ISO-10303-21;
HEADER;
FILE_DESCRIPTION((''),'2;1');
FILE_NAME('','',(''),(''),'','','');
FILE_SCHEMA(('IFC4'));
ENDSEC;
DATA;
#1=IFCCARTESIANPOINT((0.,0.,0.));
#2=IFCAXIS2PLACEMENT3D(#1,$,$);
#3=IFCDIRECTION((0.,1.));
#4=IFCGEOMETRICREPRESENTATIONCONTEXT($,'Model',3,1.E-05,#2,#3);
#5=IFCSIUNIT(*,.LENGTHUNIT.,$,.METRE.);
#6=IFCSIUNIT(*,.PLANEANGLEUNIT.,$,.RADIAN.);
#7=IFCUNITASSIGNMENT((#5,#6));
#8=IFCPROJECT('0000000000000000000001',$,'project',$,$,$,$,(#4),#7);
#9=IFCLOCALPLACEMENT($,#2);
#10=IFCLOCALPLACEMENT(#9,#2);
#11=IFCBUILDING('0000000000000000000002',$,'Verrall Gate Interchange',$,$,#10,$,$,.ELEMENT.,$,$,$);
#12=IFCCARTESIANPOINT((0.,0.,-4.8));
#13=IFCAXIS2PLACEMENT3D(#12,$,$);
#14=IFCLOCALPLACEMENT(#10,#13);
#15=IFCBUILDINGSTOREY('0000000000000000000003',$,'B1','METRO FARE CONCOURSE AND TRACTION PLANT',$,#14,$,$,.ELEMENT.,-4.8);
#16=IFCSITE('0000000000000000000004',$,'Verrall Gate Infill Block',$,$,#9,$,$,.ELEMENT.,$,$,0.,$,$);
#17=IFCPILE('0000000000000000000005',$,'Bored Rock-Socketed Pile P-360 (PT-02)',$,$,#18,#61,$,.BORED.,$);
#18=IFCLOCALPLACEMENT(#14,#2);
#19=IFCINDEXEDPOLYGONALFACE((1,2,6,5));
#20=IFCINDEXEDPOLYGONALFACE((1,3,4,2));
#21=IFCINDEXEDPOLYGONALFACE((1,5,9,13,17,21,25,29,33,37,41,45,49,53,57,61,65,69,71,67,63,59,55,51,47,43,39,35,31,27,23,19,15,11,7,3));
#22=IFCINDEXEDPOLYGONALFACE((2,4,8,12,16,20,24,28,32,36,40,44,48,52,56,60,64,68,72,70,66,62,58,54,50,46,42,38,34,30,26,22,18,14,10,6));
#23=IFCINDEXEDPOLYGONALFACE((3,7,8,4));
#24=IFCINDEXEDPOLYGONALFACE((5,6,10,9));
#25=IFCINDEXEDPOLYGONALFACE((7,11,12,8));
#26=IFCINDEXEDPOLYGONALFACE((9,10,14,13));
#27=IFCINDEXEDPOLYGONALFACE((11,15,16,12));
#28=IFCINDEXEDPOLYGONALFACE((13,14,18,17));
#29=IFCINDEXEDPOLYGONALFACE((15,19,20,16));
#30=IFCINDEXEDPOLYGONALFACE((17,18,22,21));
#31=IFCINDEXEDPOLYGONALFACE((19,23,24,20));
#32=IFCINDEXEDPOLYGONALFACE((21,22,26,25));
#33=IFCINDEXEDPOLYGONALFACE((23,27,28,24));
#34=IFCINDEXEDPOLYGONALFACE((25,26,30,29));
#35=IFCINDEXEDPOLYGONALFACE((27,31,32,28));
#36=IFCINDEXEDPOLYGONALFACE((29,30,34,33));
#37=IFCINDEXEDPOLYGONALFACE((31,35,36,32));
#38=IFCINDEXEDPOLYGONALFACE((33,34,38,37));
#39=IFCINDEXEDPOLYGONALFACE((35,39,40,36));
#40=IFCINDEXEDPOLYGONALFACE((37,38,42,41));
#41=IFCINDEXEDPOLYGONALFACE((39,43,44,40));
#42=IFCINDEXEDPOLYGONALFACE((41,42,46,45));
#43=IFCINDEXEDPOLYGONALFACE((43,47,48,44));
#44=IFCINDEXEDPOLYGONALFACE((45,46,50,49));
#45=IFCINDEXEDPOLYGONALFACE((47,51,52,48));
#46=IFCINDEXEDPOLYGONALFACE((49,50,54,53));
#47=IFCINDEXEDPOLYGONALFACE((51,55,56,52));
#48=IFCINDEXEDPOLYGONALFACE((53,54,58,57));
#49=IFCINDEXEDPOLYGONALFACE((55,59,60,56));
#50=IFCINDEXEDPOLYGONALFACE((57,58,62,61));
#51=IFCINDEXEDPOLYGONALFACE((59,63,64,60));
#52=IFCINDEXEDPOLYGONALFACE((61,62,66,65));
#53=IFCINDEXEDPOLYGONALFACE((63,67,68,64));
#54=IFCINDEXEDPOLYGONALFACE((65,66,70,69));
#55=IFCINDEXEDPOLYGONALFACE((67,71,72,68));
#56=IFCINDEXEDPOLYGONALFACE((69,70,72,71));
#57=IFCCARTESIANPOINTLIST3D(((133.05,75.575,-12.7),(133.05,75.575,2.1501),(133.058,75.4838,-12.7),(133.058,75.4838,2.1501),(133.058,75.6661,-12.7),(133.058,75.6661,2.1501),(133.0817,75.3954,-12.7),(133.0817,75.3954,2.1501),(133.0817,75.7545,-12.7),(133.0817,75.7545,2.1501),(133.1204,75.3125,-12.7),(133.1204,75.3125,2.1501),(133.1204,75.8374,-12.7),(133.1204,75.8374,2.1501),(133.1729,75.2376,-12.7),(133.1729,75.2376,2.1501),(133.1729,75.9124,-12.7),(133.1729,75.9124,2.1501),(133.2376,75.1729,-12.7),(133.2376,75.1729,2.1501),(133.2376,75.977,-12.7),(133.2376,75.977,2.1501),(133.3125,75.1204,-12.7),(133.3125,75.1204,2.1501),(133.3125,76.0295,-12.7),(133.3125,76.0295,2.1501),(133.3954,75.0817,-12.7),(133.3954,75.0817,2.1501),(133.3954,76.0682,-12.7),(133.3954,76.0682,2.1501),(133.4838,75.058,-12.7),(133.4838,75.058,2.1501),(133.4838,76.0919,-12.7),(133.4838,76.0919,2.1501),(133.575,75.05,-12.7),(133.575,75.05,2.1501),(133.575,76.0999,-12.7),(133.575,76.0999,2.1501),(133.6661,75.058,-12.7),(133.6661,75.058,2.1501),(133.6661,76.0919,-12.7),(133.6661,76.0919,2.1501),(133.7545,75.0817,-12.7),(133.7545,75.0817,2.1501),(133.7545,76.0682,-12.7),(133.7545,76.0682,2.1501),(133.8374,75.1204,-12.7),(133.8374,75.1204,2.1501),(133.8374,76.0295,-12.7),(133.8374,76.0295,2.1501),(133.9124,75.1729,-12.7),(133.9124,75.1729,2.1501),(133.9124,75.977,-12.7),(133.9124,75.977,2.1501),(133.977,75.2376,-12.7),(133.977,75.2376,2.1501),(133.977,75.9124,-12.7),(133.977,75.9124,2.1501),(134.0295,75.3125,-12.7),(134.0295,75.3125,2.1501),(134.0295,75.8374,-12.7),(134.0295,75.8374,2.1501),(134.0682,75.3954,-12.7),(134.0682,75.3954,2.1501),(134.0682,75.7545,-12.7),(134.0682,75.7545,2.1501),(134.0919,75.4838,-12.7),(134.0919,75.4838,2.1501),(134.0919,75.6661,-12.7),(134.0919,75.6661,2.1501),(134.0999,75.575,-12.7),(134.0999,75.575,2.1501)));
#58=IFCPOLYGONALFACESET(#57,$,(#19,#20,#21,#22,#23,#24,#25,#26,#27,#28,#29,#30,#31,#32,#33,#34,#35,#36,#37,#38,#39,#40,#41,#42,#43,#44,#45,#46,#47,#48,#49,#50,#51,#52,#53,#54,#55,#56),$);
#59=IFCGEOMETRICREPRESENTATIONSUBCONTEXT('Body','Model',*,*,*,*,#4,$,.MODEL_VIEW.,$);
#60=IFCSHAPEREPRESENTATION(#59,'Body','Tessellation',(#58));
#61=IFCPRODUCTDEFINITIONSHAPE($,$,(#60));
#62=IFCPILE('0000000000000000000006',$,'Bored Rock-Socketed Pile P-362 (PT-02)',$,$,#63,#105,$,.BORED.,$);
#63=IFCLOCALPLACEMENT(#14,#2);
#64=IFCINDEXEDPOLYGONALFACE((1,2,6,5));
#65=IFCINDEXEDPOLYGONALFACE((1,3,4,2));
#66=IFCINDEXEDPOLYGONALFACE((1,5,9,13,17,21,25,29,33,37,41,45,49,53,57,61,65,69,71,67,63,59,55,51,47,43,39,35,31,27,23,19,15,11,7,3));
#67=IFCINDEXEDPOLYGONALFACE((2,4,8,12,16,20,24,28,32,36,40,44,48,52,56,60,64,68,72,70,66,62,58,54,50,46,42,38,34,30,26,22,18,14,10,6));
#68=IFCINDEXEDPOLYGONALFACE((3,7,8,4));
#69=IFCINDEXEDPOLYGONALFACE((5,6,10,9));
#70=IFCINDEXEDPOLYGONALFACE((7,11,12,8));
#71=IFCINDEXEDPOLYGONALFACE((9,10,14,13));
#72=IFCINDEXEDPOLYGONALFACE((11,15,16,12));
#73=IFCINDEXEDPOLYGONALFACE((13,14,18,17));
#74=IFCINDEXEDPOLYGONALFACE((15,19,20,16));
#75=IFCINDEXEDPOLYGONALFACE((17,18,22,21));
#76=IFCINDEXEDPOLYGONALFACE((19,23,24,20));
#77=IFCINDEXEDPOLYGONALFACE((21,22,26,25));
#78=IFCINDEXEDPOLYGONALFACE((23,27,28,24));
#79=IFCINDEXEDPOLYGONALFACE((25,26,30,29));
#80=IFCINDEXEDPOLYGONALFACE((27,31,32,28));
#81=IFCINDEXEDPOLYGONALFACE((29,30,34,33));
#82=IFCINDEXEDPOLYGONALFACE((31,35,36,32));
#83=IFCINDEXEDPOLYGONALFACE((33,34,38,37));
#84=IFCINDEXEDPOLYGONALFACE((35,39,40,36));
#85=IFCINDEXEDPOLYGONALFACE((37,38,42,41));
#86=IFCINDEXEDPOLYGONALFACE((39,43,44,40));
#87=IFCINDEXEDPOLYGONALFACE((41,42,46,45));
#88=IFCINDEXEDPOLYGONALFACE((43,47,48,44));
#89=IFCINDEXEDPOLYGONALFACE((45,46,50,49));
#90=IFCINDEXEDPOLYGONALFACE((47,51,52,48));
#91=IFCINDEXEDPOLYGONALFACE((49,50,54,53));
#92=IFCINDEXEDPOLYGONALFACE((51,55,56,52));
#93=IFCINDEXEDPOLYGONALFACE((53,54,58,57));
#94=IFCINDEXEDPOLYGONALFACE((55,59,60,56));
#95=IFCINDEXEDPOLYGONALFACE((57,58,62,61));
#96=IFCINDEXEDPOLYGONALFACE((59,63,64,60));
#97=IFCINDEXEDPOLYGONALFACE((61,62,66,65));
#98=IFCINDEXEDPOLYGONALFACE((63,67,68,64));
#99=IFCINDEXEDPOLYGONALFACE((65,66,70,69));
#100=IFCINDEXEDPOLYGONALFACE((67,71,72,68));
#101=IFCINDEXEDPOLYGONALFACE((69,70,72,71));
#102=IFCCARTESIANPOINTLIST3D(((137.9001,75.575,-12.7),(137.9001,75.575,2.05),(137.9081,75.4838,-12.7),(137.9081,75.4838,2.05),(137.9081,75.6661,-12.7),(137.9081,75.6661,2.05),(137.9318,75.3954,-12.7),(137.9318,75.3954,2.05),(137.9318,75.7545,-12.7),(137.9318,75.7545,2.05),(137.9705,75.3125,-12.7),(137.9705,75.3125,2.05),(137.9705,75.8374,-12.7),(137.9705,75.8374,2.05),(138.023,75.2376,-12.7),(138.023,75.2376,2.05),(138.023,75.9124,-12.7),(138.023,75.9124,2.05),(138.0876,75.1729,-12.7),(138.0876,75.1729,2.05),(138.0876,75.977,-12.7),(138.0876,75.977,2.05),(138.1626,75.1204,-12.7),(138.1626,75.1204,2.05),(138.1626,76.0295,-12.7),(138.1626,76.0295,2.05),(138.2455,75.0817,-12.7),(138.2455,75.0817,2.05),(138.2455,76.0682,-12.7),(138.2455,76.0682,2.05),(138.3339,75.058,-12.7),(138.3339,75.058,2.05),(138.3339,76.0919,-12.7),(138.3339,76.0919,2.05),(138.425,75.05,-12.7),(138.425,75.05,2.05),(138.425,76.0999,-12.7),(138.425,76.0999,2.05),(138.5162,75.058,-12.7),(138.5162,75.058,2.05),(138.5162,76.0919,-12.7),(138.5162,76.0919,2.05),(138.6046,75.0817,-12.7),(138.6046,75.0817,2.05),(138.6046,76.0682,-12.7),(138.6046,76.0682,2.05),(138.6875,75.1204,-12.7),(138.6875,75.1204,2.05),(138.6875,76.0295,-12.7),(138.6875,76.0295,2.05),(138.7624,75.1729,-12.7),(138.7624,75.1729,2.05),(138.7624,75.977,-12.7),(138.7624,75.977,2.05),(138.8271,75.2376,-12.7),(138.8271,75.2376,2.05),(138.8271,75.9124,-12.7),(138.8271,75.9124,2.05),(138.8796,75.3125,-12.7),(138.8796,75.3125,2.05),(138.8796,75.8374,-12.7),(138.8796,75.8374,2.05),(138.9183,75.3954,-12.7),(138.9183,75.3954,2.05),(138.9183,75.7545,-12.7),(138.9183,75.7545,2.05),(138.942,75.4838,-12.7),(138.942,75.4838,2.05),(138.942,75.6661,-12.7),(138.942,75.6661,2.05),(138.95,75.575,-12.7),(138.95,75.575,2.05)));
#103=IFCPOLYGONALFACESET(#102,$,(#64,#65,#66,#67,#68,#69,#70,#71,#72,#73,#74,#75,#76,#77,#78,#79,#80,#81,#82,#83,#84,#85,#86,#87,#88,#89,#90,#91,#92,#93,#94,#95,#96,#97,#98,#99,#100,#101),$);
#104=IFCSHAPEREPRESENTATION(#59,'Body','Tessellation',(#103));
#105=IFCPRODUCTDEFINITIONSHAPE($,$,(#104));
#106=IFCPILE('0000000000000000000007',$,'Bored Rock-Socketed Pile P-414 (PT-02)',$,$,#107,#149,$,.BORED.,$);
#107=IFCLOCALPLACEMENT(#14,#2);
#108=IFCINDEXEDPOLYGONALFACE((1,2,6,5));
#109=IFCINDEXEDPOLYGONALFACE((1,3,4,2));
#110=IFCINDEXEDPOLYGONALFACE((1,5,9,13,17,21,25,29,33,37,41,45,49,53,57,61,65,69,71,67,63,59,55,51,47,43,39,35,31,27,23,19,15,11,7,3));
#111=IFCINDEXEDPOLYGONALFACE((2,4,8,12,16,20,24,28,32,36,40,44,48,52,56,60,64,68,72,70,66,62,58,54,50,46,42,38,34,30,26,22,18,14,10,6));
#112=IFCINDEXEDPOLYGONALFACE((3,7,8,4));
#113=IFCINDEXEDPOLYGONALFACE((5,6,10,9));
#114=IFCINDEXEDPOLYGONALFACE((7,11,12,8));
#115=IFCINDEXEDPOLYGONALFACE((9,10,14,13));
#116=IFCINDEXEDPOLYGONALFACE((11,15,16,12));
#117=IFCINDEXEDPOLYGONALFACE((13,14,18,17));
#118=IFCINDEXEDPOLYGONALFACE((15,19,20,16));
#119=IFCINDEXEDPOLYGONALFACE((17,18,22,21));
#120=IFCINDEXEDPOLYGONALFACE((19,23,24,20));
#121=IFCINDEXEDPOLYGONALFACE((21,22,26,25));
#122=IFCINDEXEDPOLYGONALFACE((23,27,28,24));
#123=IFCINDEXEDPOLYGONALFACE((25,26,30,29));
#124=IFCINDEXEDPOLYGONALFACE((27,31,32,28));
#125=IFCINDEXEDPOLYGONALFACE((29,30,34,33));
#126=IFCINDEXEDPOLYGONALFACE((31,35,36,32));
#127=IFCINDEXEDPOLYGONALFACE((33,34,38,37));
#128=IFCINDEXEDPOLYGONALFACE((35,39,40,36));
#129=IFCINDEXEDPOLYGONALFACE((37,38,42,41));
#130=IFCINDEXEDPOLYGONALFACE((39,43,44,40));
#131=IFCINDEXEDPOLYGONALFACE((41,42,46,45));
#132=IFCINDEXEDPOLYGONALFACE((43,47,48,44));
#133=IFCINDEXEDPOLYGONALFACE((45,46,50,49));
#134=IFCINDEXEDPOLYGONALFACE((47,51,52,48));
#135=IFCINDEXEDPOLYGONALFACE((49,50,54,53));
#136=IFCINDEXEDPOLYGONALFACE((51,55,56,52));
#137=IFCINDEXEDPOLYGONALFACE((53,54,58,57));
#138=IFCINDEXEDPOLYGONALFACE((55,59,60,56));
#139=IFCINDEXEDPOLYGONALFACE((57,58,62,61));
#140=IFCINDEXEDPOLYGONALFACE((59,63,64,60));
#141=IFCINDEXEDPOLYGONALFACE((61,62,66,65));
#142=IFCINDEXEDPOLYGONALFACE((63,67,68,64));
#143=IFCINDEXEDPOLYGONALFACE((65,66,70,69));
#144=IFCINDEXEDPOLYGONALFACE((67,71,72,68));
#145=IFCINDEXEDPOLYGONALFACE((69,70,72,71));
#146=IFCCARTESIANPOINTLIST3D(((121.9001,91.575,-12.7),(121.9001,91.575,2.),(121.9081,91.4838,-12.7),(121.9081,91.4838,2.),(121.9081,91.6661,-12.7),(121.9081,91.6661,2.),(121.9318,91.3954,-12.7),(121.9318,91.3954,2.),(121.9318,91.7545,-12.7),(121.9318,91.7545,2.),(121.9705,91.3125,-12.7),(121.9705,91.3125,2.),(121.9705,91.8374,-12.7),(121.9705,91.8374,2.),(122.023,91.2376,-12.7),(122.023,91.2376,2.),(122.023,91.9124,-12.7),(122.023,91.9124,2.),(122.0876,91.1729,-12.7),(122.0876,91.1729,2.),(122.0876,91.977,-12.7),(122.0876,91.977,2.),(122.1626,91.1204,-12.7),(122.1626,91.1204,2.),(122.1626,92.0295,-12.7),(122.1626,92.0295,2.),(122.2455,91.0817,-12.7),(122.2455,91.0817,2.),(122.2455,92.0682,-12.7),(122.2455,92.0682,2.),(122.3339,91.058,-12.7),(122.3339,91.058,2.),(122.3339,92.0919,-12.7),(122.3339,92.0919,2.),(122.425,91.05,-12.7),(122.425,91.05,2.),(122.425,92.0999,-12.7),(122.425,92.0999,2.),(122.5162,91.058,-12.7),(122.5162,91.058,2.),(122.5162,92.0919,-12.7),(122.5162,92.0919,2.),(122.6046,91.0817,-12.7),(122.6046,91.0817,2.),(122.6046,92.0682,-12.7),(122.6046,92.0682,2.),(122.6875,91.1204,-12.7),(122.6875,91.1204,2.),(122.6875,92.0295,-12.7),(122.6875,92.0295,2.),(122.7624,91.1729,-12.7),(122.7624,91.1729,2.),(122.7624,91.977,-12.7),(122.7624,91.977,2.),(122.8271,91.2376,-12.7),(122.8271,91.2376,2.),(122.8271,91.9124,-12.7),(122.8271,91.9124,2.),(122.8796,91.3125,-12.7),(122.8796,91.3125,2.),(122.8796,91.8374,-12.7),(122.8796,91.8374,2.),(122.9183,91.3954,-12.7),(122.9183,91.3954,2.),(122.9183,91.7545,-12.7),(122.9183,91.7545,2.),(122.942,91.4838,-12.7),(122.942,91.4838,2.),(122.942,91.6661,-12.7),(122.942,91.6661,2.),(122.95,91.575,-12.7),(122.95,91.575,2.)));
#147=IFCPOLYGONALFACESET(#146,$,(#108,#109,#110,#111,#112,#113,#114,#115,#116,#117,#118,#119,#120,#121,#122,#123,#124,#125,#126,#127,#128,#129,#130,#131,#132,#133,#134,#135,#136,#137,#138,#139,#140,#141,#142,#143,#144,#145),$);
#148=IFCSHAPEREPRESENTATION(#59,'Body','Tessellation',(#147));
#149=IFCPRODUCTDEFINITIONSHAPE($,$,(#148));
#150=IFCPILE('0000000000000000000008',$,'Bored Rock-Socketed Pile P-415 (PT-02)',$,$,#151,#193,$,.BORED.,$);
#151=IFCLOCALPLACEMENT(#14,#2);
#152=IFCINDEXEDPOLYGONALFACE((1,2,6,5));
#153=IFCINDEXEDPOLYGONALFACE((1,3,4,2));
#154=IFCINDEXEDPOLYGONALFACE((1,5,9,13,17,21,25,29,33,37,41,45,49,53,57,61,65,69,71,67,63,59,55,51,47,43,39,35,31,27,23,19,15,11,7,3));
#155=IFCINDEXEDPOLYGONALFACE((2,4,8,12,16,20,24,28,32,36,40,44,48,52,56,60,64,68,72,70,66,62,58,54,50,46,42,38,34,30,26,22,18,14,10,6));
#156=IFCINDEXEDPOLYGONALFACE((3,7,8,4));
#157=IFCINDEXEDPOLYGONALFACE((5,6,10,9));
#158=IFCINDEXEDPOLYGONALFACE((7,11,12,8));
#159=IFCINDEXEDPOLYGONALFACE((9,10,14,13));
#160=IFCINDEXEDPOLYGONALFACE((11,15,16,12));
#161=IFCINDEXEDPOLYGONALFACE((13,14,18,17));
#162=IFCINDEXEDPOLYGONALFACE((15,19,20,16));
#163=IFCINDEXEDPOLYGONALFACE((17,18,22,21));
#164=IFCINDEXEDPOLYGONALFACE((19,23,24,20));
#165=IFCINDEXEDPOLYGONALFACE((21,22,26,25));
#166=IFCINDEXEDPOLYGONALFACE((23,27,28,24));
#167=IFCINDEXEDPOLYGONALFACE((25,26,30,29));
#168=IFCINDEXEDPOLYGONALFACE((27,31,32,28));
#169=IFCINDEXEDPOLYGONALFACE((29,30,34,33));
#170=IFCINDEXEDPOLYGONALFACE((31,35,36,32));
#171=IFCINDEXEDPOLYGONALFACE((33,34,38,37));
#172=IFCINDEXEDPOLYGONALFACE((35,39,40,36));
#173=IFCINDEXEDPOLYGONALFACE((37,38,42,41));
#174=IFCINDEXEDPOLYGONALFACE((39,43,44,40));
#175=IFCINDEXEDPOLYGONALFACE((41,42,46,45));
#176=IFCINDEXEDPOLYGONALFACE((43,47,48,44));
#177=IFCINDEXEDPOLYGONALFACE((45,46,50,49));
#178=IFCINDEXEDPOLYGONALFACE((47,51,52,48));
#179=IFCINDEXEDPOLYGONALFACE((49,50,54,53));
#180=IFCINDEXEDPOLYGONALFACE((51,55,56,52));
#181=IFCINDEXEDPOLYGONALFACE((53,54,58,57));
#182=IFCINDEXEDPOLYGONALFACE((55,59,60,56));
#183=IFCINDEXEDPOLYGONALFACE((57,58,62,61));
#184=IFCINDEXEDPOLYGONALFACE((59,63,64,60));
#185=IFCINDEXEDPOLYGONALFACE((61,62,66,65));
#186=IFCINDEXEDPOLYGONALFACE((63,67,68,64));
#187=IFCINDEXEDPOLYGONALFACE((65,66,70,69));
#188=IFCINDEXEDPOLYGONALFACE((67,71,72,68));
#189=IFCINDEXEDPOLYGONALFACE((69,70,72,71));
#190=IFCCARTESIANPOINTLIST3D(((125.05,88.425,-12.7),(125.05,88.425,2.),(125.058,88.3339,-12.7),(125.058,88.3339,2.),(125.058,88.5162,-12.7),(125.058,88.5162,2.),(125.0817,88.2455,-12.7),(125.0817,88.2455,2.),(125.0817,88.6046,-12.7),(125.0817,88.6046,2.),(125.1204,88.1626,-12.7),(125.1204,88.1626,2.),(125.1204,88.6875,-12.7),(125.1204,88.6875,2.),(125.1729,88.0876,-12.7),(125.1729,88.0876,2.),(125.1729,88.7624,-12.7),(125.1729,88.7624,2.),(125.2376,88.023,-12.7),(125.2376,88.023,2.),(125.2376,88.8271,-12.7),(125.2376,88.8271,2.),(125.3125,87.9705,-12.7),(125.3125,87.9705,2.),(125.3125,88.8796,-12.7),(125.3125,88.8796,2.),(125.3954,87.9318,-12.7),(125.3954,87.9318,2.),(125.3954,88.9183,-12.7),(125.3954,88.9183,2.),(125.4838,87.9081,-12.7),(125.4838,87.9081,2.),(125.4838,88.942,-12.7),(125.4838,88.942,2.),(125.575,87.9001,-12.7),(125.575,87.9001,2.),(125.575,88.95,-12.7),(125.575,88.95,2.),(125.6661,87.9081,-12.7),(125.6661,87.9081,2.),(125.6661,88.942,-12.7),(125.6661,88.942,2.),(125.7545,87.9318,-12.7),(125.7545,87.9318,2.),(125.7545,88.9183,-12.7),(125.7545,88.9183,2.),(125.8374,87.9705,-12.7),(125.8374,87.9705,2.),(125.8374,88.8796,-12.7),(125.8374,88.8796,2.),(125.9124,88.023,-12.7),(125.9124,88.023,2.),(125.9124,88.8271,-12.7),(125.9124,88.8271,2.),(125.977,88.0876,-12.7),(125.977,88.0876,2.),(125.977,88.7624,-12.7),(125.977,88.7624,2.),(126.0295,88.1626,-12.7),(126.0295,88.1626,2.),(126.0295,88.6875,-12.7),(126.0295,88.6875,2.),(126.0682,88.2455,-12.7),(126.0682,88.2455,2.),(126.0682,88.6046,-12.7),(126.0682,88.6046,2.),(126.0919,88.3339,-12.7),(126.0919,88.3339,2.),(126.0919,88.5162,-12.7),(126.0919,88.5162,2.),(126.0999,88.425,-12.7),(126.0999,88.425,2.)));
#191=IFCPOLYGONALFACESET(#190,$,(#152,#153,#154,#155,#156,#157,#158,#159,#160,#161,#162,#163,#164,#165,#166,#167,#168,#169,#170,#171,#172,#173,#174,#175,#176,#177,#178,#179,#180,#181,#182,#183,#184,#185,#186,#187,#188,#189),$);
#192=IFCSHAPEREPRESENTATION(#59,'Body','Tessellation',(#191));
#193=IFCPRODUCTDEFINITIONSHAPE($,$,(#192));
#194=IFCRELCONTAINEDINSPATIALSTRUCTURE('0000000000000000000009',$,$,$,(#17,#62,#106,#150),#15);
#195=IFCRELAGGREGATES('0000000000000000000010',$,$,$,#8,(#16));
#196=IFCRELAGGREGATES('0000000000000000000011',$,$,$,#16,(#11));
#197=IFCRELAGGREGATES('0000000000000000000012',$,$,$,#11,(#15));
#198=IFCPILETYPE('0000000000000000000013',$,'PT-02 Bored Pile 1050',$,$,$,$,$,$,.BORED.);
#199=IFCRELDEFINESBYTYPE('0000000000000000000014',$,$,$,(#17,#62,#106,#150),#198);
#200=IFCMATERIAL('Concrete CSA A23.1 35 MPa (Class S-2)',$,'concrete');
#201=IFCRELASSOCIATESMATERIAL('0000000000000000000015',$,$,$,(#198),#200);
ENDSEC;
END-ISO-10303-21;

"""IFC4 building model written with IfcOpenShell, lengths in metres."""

from ifc_helpers import new_model, si_unit, direction, frame, origin, origin_2d, place, context, subcontext, project, spatial, circle, extrude, material, material_profile, profile_set, type_object, element, save


model = new_model("IFC4")

# Units and contexts
model_context = context("Model", 3, precision=1e-05, world=origin(), true_north=direction((0.0, 1.0)))
body_context = subcontext(model_context, "Body", "Model", "MODEL_VIEW")
ifc_project = project(units=[si_unit("LENGTHUNIT", "METRE"), si_unit("PLANEANGLEUNIT", "RADIAN")], contexts=[model_context])

# Site, building, storey
site_placement = place(None, origin())
site = spatial("IfcSite", under=ifc_project, at=site_placement, Name="Verrall Gate Infill Block", CompositionType="ELEMENT", RefElevation=0.0)
building_placement = place(site_placement, origin())
building = spatial("IfcBuilding", under=site, at=building_placement, Name="Verrall Gate Interchange", CompositionType="ELEMENT")
storey_placement = place(building_placement, frame((0.0, 0.0, -4.8)))
storey = spatial("IfcBuildingStorey", under=building, at=storey_placement, Name="B1", Description="METRO FARE CONCOURSE AND TRACTION PLANT", CompositionType="ELEMENT", Elevation=-4.8)

# Piles
ifc_material_1 = material(Name="Concrete CSA A23.1 35 MPa (Class S-2)", Category="concrete")
ifc_material_profile_1 = material_profile(ifc_material_1, circle(Radius=0.5249, at=origin_2d()), Name="PILE1050D")
ifc_profile_set_1 = profile_set([ifc_material_profile_1], Name="Concrete CSA A23.1 35 MPa (Class S-2)")
pile_type = type_object("IfcPileType", Name="PT-02 Bored Pile 1050", PredefinedType="BORED", material=ifc_profile_set_1)
for number, where, z_axis, x_axis, name in (
    (1, (133.575, 75.575, 2.1501), (0.0, 0.0, -1.0), (1.0, 0.0, 0.0), "Bored Rock-Socketed Pile P-360 (PT-02)"),
):
    element("IfcPile", number, at=place(storey_placement, frame(where, z_axis=z_axis, x_axis=x_axis)), inside=storey, type_object=pile_type, Name=name, PredefinedType="BORED", context=body_context, shape_type="SweptSolid", body=[
        extrude(circle(Radius=0.5249, at=origin_2d()), origin(), (0.0, 0.0, 1.0), 14.8501),
    ])
pile_1_placement = place(storey_placement, frame((138.425, 75.575, 2.05), z_axis=(0.0, 0.0, -1.0), x_axis=(1.0, 0.0, 0.0)))
element("IfcPile", 2, at=pile_1_placement, inside=storey, type_object=pile_type, Name="Bored Rock-Socketed Pile P-362 (PT-02)", PredefinedType="BORED", context=body_context, shape_type="SweptSolid", body=[
    extrude(circle(Radius=0.5249, at=origin_2d()), origin(), (0.0, 0.0, 1.0), 14.75),
])
for number, where, z_axis, x_axis, name in (
    (3, (122.425, 91.575, 2.0), (0.0, 0.0, -1.0), (1.0, 0.0, 0.0), "Bored Rock-Socketed Pile P-414 (PT-02)"),
    (4, (125.575, 88.425, 2.0), (0.0, 0.0, -1.0), (1.0, 0.0, 0.0), "Bored Rock-Socketed Pile P-415 (PT-02)"),
):
    element("IfcPile", number, at=place(storey_placement, frame(where, z_axis=z_axis, x_axis=x_axis)), inside=storey, type_object=pile_type, Name=name, PredefinedType="BORED", context=body_context, shape_type="SweptSolid", body=[
        extrude(circle(Radius=0.5249, at=origin_2d()), origin(), (0.0, 0.0, 1.0), 14.7),
    ])

save(model, "model.ifc")
